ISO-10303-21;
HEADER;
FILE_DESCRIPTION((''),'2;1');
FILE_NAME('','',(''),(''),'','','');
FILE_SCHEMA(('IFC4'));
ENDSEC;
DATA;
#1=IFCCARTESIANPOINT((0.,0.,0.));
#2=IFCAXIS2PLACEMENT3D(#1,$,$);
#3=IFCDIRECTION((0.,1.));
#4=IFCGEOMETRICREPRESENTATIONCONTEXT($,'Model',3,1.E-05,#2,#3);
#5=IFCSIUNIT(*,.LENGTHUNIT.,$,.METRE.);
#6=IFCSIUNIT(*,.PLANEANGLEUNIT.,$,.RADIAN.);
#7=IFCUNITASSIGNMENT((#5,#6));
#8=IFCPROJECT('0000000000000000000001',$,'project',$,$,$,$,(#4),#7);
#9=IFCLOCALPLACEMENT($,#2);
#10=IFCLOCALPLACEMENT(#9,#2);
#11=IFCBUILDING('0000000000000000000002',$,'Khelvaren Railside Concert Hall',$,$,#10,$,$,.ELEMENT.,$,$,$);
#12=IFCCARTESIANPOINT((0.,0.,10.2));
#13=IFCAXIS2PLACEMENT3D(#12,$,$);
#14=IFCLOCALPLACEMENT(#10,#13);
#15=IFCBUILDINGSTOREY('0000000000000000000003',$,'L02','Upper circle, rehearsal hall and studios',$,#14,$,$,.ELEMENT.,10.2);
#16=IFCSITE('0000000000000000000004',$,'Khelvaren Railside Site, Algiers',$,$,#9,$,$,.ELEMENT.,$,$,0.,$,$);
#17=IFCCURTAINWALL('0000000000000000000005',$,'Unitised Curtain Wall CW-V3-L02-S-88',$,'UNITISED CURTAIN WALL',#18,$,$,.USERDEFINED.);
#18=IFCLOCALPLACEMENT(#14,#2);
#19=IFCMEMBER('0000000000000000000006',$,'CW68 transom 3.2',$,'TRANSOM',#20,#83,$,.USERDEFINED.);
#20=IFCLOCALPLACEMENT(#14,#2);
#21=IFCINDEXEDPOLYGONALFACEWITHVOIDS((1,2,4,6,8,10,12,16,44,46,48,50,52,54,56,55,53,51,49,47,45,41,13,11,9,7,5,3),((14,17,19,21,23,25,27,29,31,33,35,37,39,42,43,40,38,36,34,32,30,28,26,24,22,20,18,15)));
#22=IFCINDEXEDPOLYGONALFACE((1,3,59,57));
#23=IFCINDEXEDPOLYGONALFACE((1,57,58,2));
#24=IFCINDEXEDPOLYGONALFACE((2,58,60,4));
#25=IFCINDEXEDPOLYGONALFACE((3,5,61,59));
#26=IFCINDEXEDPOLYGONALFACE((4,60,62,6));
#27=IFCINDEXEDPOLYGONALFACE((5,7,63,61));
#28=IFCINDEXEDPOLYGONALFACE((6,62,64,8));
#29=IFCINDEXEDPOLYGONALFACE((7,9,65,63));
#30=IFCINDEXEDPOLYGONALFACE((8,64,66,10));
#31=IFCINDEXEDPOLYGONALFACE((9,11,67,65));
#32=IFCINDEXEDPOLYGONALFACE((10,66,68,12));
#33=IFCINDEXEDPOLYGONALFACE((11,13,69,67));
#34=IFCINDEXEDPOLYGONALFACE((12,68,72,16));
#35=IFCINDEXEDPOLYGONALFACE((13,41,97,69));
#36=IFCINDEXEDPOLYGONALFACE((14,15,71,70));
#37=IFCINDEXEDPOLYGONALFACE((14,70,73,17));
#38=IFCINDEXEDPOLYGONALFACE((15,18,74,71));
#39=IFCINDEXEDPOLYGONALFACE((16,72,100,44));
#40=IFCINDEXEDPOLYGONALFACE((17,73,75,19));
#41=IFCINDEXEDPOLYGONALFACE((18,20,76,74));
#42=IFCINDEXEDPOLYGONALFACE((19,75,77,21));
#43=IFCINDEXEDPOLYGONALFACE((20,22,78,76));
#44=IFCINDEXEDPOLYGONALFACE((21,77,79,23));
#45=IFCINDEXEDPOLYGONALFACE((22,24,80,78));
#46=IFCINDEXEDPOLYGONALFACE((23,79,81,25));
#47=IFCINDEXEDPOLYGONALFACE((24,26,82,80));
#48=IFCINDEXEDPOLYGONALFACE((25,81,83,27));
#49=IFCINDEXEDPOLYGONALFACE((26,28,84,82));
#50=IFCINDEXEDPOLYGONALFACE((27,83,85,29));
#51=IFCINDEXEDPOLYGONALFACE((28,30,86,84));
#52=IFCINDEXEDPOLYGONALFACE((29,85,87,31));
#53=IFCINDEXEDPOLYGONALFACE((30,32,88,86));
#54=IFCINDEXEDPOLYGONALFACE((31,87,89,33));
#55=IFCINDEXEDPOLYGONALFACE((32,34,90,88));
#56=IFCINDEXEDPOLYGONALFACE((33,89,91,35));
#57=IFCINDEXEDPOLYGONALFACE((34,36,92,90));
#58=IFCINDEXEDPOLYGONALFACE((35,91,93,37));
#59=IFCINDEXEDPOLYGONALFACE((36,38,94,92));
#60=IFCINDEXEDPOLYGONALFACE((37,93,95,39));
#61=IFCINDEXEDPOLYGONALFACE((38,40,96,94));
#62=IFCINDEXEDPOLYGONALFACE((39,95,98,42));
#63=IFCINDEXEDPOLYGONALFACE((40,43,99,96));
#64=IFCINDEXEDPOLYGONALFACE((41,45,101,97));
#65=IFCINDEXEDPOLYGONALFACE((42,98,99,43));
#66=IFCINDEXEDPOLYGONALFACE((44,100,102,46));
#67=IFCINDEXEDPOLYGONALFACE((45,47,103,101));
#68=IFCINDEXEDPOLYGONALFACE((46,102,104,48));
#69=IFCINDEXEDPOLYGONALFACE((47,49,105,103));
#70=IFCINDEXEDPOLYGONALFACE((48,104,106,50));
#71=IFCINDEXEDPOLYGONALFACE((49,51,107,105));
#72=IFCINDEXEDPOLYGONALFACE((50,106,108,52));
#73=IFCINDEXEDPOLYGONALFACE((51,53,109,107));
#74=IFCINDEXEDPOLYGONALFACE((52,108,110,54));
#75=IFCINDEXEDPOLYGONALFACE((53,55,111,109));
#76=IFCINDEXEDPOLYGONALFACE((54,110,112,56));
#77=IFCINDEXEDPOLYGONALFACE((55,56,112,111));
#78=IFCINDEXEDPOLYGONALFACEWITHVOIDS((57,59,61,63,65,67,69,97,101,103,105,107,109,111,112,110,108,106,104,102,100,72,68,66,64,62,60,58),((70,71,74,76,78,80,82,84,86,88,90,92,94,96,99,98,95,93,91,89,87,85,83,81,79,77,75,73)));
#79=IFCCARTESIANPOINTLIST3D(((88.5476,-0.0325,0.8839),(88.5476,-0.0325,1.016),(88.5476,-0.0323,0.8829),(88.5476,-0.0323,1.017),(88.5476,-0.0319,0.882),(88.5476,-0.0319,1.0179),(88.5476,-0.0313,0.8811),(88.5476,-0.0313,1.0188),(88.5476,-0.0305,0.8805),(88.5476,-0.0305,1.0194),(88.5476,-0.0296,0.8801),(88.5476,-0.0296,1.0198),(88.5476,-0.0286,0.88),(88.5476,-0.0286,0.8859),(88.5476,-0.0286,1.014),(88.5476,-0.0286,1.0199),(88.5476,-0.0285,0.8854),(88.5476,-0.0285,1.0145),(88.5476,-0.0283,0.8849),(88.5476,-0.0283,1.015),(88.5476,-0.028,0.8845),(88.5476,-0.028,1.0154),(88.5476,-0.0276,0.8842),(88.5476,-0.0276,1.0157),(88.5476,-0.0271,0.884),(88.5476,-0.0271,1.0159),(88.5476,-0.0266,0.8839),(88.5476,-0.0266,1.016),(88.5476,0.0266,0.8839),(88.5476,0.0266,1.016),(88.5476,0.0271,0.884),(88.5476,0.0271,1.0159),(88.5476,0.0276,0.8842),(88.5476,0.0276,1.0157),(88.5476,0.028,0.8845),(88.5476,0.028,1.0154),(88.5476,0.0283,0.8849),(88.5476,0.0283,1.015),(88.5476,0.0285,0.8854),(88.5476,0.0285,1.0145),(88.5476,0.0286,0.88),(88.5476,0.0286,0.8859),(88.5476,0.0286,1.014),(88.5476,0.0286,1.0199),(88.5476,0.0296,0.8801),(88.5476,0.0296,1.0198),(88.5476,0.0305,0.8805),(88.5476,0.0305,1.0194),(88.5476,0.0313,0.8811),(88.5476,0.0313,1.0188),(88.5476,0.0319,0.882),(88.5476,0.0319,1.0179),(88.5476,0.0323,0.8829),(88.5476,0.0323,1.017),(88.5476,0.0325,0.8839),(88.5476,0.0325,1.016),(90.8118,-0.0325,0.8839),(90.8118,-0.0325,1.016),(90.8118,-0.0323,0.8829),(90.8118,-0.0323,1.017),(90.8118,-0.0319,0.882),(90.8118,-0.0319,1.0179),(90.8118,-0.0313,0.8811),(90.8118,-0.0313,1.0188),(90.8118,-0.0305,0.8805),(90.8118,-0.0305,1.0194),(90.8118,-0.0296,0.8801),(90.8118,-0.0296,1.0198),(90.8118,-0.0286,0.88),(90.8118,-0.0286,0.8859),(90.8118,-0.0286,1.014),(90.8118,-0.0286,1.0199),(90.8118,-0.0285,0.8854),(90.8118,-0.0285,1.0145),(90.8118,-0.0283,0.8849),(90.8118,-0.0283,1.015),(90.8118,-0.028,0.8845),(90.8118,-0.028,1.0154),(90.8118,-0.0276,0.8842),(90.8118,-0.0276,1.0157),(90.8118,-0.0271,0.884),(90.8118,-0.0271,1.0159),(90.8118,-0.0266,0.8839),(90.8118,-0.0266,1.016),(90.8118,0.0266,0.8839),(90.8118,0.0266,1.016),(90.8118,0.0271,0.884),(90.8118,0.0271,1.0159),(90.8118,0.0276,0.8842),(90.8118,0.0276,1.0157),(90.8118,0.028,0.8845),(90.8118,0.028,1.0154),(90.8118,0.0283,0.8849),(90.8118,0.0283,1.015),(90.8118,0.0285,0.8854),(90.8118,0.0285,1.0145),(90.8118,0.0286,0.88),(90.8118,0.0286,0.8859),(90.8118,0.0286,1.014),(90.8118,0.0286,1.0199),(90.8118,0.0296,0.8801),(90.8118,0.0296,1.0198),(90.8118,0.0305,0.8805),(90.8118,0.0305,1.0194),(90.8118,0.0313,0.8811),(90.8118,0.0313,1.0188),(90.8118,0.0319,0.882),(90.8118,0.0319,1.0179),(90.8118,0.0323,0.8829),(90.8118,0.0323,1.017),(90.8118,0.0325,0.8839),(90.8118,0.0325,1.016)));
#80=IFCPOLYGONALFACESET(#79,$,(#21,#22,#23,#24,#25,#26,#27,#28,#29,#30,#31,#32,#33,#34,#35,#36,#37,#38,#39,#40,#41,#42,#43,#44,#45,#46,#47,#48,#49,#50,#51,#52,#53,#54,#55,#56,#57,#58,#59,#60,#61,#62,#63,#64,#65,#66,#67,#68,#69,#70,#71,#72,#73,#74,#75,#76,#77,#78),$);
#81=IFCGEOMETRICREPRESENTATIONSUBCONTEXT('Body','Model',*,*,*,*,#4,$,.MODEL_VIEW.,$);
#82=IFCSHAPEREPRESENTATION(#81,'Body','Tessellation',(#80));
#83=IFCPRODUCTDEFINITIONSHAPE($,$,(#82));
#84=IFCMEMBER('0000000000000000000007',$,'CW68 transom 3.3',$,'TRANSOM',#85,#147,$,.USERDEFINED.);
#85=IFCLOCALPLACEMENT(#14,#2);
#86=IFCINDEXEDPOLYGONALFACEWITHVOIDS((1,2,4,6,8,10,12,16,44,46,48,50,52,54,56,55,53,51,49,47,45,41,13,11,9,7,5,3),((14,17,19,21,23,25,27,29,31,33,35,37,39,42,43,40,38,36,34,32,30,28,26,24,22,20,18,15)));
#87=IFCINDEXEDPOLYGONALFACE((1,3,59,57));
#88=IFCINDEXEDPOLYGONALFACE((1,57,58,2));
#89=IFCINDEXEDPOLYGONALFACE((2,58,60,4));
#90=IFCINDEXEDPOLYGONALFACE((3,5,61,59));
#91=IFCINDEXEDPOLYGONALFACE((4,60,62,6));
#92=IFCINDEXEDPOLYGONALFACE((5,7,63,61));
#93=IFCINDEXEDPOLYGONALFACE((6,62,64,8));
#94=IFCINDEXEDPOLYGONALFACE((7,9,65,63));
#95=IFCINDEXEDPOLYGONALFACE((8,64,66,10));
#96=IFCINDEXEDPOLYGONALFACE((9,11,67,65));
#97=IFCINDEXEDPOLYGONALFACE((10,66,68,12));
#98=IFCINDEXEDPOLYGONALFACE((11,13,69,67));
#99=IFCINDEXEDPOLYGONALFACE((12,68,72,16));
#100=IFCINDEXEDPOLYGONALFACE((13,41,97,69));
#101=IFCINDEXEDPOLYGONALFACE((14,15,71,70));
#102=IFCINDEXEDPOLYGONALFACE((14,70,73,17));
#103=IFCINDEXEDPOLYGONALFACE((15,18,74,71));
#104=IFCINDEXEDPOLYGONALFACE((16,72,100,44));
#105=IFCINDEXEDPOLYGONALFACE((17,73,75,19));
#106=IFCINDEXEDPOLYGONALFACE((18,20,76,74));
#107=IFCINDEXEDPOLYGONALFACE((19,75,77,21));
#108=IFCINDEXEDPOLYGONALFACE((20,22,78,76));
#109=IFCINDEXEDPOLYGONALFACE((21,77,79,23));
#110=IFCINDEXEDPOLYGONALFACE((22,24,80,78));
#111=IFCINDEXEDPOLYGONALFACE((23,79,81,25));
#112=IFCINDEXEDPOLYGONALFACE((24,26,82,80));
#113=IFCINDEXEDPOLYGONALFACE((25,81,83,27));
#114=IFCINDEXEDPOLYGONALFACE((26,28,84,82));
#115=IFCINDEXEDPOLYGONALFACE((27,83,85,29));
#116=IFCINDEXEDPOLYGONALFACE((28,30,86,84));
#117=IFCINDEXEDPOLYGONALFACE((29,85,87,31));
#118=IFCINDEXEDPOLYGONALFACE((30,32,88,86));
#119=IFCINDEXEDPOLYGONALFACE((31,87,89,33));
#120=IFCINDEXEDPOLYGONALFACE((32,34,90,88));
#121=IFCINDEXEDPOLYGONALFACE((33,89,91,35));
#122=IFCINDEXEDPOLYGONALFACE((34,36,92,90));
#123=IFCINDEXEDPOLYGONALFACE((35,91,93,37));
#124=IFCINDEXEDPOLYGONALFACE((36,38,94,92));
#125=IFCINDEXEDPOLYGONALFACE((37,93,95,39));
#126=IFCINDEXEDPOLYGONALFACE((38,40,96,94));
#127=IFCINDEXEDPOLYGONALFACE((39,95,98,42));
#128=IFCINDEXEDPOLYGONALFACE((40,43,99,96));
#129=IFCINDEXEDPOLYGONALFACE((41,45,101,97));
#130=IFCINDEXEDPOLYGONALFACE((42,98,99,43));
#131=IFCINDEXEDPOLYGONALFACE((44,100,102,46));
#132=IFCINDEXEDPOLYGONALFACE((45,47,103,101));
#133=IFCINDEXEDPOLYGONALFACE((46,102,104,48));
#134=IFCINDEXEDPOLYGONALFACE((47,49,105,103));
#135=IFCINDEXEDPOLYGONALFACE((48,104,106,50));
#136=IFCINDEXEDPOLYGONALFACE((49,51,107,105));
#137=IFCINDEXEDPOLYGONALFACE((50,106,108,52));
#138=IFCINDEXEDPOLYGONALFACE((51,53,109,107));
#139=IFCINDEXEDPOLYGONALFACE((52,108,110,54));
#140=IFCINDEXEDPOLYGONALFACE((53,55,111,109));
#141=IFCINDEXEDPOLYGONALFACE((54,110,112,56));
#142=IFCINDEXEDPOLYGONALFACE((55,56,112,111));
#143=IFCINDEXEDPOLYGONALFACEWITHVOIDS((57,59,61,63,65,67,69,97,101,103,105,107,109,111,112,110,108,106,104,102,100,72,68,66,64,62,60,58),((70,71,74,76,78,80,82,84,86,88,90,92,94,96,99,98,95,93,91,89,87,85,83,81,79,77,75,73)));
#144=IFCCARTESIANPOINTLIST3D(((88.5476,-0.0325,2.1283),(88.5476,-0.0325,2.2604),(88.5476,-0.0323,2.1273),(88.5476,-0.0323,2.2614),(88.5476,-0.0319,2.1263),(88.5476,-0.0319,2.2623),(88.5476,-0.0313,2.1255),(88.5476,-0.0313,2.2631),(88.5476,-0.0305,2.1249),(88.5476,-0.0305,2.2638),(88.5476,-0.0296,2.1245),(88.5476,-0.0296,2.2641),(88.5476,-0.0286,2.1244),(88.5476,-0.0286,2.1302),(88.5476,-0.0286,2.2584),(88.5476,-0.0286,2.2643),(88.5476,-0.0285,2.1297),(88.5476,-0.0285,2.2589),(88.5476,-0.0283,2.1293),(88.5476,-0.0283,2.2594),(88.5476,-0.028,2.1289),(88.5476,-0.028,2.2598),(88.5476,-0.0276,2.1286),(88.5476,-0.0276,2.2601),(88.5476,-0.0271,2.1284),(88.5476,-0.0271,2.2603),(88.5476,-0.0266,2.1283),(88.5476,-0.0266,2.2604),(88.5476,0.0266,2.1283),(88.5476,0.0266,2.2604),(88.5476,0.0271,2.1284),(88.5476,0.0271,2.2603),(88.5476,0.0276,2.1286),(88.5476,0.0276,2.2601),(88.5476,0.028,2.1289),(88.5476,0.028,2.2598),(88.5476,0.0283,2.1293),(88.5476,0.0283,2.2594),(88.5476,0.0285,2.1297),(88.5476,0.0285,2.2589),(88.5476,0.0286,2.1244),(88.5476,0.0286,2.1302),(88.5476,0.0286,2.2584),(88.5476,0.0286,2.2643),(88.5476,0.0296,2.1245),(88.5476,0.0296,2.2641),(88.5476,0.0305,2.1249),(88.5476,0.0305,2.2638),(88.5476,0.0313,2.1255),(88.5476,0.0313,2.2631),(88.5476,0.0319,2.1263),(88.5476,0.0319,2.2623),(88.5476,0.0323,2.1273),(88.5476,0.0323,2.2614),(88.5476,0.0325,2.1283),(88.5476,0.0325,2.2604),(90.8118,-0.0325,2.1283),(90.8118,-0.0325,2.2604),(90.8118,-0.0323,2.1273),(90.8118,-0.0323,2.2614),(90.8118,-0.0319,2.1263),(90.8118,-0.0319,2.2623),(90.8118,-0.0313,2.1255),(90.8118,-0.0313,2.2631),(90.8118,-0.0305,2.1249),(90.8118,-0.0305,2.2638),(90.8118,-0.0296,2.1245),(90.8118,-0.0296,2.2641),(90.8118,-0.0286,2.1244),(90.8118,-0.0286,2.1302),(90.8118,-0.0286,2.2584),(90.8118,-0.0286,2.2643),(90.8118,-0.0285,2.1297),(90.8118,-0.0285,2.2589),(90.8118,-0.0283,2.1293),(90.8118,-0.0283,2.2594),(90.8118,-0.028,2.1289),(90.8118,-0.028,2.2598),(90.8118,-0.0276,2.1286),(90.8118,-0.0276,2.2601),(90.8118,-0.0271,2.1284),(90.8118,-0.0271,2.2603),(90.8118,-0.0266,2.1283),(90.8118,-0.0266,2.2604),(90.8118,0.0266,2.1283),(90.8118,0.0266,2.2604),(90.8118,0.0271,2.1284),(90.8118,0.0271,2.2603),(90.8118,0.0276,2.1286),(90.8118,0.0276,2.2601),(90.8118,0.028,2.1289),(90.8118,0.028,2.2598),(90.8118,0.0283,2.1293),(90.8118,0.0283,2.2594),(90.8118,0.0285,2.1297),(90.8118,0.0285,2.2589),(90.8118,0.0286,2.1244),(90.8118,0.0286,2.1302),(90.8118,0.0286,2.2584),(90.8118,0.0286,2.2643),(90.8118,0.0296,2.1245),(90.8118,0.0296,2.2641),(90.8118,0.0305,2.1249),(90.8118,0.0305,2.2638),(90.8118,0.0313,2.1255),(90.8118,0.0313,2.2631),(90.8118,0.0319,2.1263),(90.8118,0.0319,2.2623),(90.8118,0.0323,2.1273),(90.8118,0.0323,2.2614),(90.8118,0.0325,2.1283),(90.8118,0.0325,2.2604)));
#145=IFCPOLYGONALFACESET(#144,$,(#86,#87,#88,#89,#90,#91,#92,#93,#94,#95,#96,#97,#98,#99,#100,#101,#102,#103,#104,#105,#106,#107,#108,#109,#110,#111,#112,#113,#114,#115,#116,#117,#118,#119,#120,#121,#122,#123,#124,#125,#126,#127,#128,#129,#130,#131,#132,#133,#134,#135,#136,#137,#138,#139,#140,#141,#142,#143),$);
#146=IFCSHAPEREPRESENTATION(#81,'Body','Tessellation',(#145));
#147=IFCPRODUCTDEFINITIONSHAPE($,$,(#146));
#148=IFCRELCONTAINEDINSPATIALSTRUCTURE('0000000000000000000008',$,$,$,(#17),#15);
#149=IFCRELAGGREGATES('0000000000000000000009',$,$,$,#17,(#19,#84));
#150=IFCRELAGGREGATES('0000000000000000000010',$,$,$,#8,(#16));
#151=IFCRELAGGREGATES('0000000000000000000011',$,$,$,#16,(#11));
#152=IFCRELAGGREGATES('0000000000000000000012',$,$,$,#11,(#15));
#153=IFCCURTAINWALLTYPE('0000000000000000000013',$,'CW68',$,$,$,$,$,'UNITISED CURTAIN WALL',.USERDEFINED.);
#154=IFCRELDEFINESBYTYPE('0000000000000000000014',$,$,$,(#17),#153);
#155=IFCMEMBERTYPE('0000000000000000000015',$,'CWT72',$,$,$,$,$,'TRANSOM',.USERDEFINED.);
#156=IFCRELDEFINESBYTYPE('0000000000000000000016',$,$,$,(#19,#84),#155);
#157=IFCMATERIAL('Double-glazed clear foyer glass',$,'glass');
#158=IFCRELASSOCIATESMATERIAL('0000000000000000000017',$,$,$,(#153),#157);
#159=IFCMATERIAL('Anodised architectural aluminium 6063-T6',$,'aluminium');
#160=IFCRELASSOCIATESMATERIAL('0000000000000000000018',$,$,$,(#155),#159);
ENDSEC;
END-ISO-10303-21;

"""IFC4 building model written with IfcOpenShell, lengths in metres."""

from ifc_helpers import new_model, si_unit, direction, frame, origin, origin_2d, place, context, subcontext, project, spatial, hollow_rectangle, extrude, material, material_profile, profile_set, type_object, element, aggregate, save


model = new_model("IFC4")

# Units and contexts
model_context = context("Model", 3, precision=1e-05, world=origin(), true_north=direction((0.0, 1.0)))
body_context = subcontext(model_context, "Body", "Model", "MODEL_VIEW")
ifc_project = project(units=[si_unit("LENGTHUNIT", "METRE"), si_unit("PLANEANGLEUNIT", "RADIAN")], contexts=[model_context])

# Site, building, storey
site_placement = place(None, origin())
site = spatial("IfcSite", under=ifc_project, at=site_placement, Name="Khelvaren Railside Site, Algiers", CompositionType="ELEMENT", RefElevation=0.0)
building_placement = place(site_placement, origin())
building = spatial("IfcBuilding", under=site, at=building_placement, Name="Khelvaren Railside Concert Hall", CompositionType="ELEMENT")
storey_placement = place(building_placement, frame((0.0, 0.0, 10.2)))
storey = spatial("IfcBuildingStorey", under=building, at=storey_placement, Name="L02", Description="Upper circle, rehearsal hall and studios", CompositionType="ELEMENT", Elevation=10.2)

# Curtain wall, members
ifc_material_1 = material(Name="Double-glazed clear foyer glass", Category="glass")
curtain_wall_type = type_object("IfcCurtainWallType", Name="CW68", ElementType="UNITISED CURTAIN WALL", PredefinedType="USERDEFINED", material=ifc_material_1)
curtain_wall_placement = place(storey_placement, origin())
curtain_wall = element("IfcCurtainWall", 1, at=curtain_wall_placement, inside=storey, type_object=curtain_wall_type, Name="Unitised Curtain Wall CW-V3-L02-S-88", ObjectType="UNITISED CURTAIN WALL", PredefinedType="USERDEFINED")
ifc_material_2 = material(Name="Anodised architectural aluminium 6063-T6", Category="aluminium")
ifc_material_profile_1 = material_profile(ifc_material_2, hollow_rectangle(XDim=0.0649, YDim=0.1399, WallThickness=0.0039, InnerFilletRadius=0.002, OuterFilletRadius=0.0039, at=origin_2d()), Name="CWT 65x140x4")
ifc_profile_set_1 = profile_set([ifc_material_profile_1], Name="Anodised architectural aluminium 6063-T6")
member_type_1 = type_object("IfcMemberType", Name="CWT72", ElementType="TRANSOM", PredefinedType="USERDEFINED", material=ifc_profile_set_1)
member_1_placement = place(storey_placement, frame((90.8118, 0.0, 0.95), z_axis=(-1.0, 0.0, 0.0), x_axis=(0.0, -1.0, 0.0)))
member_1 = element("IfcMember", 2, at=member_1_placement, type_object=member_type_1, Name="CW68 transom 3.2", ObjectType="TRANSOM", PredefinedType="USERDEFINED", context=body_context, shape_type="SweptSolid", body=[
    extrude(hollow_rectangle(XDim=0.0649, YDim=0.1399, WallThickness=0.0039, InnerFilletRadius=0.002, OuterFilletRadius=0.0039, at=origin_2d()), origin(), (0.0, 0.0, 1.0), 2.2642),
])
member_2_placement = place(storey_placement, frame((90.8118, 0.0, 2.1943), z_axis=(-1.0, 0.0, 0.0), x_axis=(0.0, -1.0, 0.0)))
member_2 = element("IfcMember", 3, at=member_2_placement, type_object=member_type_1, Name="CW68 transom 3.3", ObjectType="TRANSOM", PredefinedType="USERDEFINED", context=body_context, shape_type="SweptSolid", body=[
    extrude(hollow_rectangle(XDim=0.0649, YDim=0.1399, WallThickness=0.0039, InnerFilletRadius=0.002, OuterFilletRadius=0.0039, at=origin_2d()), origin(), (0.0, 0.0, 1.0), 2.2642),
])
aggregate(curtain_wall, [member_1, member_2])

save(model, "model.ifc")
